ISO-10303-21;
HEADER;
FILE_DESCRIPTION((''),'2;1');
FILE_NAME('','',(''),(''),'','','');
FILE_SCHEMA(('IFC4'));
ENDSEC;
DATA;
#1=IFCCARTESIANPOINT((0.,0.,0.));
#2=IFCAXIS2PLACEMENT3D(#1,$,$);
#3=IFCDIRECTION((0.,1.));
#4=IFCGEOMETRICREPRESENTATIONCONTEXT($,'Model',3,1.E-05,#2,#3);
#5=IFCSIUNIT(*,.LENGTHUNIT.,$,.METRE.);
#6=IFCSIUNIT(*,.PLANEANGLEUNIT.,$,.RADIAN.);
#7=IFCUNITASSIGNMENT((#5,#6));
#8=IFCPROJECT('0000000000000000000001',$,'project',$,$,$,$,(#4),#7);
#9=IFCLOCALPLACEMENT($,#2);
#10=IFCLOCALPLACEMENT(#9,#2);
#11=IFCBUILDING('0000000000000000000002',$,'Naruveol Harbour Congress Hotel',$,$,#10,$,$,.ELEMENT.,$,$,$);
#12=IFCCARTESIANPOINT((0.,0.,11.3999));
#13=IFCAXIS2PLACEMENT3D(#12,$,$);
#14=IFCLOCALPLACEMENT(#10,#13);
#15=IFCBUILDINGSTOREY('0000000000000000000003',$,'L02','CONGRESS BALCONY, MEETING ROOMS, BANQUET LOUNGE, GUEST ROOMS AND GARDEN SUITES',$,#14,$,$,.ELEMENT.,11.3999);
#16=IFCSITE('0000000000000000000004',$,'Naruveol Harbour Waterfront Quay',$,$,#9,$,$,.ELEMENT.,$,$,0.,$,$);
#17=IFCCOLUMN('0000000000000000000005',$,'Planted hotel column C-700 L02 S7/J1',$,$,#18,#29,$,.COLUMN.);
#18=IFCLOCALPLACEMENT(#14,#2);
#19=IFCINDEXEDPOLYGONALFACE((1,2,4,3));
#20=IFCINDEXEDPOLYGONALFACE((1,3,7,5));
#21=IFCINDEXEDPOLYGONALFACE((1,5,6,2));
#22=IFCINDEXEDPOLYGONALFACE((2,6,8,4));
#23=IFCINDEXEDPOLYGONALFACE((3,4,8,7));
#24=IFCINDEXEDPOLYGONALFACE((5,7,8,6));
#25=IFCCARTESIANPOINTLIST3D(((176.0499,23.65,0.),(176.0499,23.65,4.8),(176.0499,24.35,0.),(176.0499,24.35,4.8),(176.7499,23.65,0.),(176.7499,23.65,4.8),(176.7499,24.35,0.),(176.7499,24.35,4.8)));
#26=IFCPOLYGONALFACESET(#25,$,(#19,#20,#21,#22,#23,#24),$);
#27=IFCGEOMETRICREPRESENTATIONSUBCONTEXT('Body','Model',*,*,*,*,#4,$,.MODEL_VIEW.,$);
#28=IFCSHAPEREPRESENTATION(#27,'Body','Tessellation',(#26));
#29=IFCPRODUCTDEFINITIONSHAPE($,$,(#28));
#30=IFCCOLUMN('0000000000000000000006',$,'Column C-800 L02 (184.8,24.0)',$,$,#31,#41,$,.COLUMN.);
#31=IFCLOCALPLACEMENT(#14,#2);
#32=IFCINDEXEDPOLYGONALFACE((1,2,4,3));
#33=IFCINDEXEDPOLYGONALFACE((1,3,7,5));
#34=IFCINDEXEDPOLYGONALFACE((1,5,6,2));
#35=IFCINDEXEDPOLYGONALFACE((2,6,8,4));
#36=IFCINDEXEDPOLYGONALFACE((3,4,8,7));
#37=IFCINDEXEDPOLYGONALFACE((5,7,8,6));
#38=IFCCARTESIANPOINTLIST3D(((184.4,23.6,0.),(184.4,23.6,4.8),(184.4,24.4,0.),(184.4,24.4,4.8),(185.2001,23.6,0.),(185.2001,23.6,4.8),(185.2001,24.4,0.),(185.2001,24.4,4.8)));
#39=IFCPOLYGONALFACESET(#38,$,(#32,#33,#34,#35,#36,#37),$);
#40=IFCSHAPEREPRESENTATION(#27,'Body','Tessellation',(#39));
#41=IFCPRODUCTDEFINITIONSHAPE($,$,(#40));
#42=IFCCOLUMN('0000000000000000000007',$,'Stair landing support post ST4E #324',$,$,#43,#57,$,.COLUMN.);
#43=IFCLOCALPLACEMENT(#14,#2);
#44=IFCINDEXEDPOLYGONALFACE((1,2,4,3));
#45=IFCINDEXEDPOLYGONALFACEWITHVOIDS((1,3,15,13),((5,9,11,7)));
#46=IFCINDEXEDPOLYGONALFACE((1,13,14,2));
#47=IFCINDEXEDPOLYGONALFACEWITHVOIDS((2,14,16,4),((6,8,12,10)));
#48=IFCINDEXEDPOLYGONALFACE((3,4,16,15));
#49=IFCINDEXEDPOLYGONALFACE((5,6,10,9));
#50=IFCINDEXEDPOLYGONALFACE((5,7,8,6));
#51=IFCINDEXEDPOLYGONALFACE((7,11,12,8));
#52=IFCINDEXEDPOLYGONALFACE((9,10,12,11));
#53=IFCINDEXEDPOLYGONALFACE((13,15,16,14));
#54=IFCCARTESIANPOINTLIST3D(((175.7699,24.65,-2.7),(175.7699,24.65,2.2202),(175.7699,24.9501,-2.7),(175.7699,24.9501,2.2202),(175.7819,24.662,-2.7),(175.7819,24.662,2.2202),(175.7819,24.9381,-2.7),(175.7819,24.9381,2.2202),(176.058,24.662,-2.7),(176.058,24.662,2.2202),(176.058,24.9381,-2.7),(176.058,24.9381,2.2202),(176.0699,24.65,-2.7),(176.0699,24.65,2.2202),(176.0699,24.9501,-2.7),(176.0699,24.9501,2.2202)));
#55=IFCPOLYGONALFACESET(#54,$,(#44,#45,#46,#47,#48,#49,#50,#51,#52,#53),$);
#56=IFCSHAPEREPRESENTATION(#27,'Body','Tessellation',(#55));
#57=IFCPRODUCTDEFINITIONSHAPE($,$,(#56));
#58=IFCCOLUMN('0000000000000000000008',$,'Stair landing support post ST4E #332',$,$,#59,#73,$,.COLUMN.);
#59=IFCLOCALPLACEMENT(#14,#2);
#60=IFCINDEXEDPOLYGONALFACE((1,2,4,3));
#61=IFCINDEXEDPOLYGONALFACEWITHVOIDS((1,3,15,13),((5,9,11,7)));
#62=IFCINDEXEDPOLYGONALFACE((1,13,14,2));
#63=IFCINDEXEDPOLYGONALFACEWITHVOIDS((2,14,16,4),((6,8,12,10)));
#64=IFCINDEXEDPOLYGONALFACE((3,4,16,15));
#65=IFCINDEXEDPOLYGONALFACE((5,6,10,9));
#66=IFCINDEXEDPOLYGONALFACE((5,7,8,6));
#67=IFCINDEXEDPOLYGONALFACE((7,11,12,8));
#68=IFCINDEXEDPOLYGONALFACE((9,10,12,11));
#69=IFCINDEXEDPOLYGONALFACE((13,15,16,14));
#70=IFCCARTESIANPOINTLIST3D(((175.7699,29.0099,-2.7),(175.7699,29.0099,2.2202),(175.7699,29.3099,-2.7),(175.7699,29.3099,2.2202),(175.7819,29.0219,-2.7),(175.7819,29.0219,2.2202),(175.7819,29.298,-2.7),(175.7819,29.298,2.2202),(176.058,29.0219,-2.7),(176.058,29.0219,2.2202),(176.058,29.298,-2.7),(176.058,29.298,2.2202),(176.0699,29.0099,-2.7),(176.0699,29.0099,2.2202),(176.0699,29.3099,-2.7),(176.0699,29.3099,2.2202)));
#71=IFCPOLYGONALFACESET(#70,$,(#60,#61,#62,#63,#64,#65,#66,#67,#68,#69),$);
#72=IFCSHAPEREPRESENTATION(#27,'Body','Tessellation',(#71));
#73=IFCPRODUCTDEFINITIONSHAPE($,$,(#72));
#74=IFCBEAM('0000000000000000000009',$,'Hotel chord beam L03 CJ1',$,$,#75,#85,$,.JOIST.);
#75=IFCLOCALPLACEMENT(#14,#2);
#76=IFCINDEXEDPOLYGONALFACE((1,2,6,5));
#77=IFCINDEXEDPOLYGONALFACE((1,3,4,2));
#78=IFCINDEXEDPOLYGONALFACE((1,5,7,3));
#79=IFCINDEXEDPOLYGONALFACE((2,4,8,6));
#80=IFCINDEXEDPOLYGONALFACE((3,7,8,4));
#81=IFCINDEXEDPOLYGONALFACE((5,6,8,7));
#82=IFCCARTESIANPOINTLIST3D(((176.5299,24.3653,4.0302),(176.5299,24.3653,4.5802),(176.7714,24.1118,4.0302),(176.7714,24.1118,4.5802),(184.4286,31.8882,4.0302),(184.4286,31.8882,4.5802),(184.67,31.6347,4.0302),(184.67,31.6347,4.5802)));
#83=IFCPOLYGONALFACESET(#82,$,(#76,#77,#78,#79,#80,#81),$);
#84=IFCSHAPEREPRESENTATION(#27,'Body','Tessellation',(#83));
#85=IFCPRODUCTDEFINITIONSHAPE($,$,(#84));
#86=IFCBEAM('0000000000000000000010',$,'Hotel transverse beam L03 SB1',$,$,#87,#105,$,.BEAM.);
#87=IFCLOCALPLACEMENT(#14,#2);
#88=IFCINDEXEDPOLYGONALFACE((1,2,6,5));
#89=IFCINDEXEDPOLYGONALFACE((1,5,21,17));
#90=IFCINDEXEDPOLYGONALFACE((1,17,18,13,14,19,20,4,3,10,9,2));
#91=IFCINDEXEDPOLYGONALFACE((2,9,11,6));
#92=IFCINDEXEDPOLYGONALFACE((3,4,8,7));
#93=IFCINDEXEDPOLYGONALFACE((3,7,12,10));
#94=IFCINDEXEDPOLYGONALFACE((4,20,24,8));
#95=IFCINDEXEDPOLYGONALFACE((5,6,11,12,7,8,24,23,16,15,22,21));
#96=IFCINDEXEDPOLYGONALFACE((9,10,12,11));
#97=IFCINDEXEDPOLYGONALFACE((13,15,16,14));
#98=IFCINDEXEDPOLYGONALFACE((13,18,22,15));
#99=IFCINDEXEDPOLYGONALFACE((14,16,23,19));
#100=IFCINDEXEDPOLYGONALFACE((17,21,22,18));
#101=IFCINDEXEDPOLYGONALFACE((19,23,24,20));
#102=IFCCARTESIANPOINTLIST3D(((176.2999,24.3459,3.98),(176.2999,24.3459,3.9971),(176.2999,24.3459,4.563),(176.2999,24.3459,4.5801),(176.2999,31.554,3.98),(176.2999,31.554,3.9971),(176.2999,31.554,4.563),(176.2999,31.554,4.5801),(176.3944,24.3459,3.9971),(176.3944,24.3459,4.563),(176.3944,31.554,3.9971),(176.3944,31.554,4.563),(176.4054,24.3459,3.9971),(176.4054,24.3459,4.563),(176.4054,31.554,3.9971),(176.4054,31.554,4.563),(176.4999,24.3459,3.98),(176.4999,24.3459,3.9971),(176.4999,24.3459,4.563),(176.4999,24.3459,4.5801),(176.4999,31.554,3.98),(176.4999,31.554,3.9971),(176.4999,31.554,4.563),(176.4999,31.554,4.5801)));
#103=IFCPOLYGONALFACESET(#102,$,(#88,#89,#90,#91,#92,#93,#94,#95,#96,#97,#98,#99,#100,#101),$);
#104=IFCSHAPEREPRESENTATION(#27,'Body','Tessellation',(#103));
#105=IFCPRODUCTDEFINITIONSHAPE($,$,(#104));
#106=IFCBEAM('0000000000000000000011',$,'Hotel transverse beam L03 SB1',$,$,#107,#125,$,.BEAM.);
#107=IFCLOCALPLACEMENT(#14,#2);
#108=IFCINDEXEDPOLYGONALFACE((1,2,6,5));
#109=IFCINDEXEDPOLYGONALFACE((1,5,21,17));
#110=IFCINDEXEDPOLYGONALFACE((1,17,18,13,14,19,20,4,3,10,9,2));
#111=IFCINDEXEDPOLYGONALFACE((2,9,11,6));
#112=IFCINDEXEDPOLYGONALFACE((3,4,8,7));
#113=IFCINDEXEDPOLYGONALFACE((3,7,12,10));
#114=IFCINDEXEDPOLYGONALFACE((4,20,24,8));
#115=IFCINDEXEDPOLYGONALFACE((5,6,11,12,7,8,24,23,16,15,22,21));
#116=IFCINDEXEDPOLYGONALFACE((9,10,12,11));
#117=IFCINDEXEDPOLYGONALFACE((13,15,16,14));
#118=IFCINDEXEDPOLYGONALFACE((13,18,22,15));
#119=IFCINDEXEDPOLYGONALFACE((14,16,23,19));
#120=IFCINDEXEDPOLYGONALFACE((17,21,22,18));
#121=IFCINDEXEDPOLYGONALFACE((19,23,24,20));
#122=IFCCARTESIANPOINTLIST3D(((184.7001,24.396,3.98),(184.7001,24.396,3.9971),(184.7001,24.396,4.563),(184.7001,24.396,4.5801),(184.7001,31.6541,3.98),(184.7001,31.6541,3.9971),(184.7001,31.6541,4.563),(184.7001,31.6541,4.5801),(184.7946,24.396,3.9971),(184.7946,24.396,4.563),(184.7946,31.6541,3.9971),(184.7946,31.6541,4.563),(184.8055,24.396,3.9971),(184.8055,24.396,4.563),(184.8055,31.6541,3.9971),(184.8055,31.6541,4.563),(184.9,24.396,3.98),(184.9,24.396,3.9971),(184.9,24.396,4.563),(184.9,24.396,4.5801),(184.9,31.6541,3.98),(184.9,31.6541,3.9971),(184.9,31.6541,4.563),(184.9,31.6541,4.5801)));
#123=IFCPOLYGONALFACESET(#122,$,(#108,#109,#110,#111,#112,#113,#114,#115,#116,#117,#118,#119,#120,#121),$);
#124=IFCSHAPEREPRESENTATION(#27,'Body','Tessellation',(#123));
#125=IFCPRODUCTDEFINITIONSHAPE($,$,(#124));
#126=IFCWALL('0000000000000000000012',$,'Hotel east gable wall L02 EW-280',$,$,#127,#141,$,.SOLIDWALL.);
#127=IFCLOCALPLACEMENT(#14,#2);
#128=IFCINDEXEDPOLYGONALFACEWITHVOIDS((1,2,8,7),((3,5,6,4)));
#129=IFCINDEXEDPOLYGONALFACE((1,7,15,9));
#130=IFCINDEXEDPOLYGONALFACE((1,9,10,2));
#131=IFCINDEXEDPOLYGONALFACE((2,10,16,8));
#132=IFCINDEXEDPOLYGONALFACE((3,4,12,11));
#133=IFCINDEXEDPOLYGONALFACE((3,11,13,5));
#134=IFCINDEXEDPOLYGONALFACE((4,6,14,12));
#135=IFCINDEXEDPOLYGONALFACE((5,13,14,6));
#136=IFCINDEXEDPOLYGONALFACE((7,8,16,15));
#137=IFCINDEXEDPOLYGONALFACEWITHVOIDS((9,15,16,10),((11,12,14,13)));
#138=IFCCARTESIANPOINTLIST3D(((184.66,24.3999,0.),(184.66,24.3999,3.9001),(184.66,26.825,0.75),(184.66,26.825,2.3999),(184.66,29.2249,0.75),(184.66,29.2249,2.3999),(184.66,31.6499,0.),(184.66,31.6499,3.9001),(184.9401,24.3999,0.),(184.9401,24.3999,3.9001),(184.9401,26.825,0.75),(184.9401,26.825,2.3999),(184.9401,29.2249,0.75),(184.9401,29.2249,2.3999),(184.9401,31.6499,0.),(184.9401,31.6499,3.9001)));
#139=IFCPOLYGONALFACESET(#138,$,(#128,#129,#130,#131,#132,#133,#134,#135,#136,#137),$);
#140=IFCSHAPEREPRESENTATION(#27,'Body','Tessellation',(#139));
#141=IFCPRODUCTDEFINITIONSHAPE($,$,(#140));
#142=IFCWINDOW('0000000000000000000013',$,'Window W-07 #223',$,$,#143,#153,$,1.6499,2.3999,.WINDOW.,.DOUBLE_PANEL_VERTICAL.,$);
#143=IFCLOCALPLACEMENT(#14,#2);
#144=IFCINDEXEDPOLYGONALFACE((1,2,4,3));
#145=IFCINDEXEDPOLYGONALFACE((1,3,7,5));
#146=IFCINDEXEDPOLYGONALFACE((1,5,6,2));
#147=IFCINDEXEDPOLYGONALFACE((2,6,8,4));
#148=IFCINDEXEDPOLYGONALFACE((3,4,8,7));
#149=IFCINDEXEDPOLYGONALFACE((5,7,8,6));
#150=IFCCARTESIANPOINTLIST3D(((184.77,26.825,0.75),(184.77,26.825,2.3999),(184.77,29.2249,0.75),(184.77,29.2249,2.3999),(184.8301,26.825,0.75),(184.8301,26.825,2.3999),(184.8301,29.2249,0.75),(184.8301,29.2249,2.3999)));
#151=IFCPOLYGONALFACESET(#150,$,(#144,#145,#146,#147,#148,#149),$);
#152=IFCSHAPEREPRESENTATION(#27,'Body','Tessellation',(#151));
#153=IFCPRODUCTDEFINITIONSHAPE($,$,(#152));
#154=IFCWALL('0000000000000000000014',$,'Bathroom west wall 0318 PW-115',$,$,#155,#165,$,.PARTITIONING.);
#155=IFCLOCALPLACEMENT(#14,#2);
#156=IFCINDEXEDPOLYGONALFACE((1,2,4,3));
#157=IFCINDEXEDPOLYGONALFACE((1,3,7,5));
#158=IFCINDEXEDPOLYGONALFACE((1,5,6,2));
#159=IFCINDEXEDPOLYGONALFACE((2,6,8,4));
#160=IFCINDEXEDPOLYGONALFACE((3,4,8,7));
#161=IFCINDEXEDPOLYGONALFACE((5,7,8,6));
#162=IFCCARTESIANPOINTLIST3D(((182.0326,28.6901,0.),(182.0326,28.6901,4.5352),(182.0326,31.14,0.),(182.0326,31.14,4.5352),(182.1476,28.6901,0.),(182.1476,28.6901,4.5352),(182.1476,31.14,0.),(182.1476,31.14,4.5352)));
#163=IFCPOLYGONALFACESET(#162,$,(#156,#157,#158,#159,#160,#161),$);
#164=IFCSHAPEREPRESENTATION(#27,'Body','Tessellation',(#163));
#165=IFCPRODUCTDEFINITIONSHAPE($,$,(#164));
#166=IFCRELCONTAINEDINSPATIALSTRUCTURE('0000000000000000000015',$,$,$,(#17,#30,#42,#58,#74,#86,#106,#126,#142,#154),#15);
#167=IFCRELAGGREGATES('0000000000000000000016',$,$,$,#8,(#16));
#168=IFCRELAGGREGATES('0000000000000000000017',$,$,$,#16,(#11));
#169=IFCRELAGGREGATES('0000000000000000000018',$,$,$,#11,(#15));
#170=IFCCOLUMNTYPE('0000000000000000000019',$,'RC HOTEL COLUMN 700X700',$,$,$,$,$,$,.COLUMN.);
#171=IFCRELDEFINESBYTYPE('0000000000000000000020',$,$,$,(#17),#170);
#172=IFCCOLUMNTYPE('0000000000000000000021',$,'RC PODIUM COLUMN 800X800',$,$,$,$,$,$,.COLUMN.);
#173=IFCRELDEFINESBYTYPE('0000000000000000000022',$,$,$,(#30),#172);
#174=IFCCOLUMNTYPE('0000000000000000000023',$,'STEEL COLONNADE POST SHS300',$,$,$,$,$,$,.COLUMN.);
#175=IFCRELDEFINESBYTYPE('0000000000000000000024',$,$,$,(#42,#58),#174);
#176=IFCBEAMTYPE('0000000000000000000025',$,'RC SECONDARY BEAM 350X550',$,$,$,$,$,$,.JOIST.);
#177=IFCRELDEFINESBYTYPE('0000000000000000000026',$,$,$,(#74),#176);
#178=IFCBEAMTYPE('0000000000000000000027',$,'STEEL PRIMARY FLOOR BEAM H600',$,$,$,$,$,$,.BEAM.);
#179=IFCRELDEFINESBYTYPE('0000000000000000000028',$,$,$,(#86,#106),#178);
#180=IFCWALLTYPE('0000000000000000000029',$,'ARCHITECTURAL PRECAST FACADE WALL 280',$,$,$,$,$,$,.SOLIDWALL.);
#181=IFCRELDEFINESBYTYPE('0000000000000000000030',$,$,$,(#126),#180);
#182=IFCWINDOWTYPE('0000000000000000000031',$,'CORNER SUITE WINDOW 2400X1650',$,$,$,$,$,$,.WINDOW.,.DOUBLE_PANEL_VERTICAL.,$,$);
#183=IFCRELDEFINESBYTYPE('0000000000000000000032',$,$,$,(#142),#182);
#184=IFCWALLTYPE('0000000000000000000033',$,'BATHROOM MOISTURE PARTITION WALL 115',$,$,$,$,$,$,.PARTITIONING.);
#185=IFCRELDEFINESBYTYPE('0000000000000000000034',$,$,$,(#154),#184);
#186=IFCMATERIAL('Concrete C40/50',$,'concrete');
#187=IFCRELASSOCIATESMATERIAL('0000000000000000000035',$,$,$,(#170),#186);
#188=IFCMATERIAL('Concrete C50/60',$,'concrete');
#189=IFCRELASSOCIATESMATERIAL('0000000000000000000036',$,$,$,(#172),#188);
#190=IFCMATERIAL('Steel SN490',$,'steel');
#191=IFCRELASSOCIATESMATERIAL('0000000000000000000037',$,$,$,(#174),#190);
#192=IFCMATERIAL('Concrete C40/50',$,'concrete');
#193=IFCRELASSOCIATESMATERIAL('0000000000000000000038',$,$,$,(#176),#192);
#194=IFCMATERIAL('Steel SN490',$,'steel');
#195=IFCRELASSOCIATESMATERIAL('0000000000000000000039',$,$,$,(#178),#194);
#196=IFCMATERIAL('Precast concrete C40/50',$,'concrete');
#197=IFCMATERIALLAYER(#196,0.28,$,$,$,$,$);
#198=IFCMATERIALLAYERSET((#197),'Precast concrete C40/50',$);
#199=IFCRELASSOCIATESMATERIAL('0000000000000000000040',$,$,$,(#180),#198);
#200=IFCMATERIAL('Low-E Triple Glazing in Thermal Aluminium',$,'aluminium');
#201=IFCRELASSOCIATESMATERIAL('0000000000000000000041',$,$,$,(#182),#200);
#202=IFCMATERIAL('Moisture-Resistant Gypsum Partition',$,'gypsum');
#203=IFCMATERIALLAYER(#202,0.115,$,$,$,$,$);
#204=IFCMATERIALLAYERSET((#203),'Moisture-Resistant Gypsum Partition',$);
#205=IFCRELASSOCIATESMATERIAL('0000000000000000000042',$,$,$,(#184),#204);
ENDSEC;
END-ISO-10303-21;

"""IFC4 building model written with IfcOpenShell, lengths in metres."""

from ifc_helpers import new_model, si_unit, direction, frame, frame_2d, origin, origin_2d, place, context, subcontext, project, spatial, rectangle, hollow_rectangle, i_section, extrude, material, layer, layer_set, material_profile, profile_set, type_object, element, fill, save


model = new_model("IFC4")

# Units and contexts
model_context = context("Model", 3, precision=1e-05, world=origin(), true_north=direction((0.0, 1.0)))
body_context = subcontext(model_context, "Body", "Model", "MODEL_VIEW")
ifc_project = project(units=[si_unit("LENGTHUNIT", "METRE"), si_unit("PLANEANGLEUNIT", "RADIAN")], contexts=[model_context])

# Site, building, storey
site_placement = place(None, origin())
site = spatial("IfcSite", under=ifc_project, at=site_placement, Name="Naruveol Harbour Waterfront Quay", CompositionType="ELEMENT", RefElevation=0.0)
building_placement = place(site_placement, origin())
building = spatial("IfcBuilding", under=site, at=building_placement, Name="Naruveol Harbour Congress Hotel", CompositionType="ELEMENT")
storey_placement = place(building_placement, frame((0.0, 0.0, 11.3999)))
storey = spatial("IfcBuildingStorey", under=building, at=storey_placement, Name="L02", Description="CONGRESS BALCONY, MEETING ROOMS, BANQUET LOUNGE, GUEST ROOMS AND GARDEN SUITES", CompositionType="ELEMENT", Elevation=11.3999)

# Columns
ifc_material_1 = material(Name="Concrete C40/50", Category="concrete")
ifc_material_profile_1 = material_profile(ifc_material_1, rectangle(XDim=0.7, YDim=0.7, at=origin_2d()), Name="RC-700x700")
ifc_profile_set_1 = profile_set([ifc_material_profile_1], Name="Concrete C40/50")
column_type_1 = type_object("IfcColumnType", Name="RC HOTEL COLUMN 700X700", PredefinedType="COLUMN", material=ifc_profile_set_1)
column_1_placement = place(storey_placement, frame((176.3999, 24.0, 0.0), z_axis=(0.0, 0.0, 1.0), x_axis=(1.0, 0.0, 0.0)))
element("IfcColumn", 1, at=column_1_placement, inside=storey, type_object=column_type_1, Name="Planted hotel column C-700 L02 S7/J1", PredefinedType="COLUMN", context=body_context, shape_type="SweptSolid", body=[
    extrude(rectangle(XDim=0.7, YDim=0.7, at=origin_2d()), origin(), (0.0, 0.0, 1.0), 4.8),
])
ifc_material_2 = material(Name="Concrete C50/60", Category="concrete")
ifc_material_profile_2 = material_profile(ifc_material_2, rectangle(XDim=0.8, YDim=0.8, at=origin_2d()), Name="RC-800x800")
ifc_profile_set_2 = profile_set([ifc_material_profile_2], Name="Concrete C50/60")
column_type_2 = type_object("IfcColumnType", Name="RC PODIUM COLUMN 800X800", PredefinedType="COLUMN", material=ifc_profile_set_2)
column_2_placement = place(storey_placement, frame((184.8, 24.0, 0.0), z_axis=(0.0, 0.0, 1.0), x_axis=(1.0, 0.0, 0.0)))
element("IfcColumn", 2, at=column_2_placement, inside=storey, type_object=column_type_2, Name="Column C-800 L02 (184.8,24.0)", PredefinedType="COLUMN", context=body_context, shape_type="SweptSolid", body=[
    extrude(rectangle(XDim=0.8, YDim=0.8, at=origin_2d()), origin(), (0.0, 0.0, 1.0), 4.8),
])
ifc_material_3 = material(Name="Steel SN490", Category="steel")
ifc_material_profile_3 = material_profile(ifc_material_3, hollow_rectangle(XDim=0.3, YDim=0.3, WallThickness=0.012, at=origin_2d()), Name="SHS-300x300x12")
ifc_profile_set_3 = profile_set([ifc_material_profile_3], Name="Steel SN490")
column_type_3 = type_object("IfcColumnType", Name="STEEL COLONNADE POST SHS300", PredefinedType="COLUMN", material=ifc_profile_set_3)
for number, where, z_axis, x_axis, name in (
    (3, (175.9199, 24.8, -2.7), (0.0, 0.0, 1.0), (1.0, 0.0, 0.0), "Stair landing support post ST4E #324"),
    (4, (175.9199, 29.1599, -2.7), (0.0, 0.0, 1.0), (1.0, 0.0, 0.0), "Stair landing support post ST4E #332"),
):
    element("IfcColumn", number, at=place(storey_placement, frame(where, z_axis=z_axis, x_axis=x_axis)), inside=storey, type_object=column_type_3, Name=name, PredefinedType="COLUMN", context=body_context, shape_type="SweptSolid", body=[
        extrude(hollow_rectangle(XDim=0.3, YDim=0.3, WallThickness=0.012, at=origin_2d()), origin(), (0.0, 0.0, 1.0), 4.9202),
    ])

# Beams
ifc_material_4 = material(Name="Concrete C40/50", Category="concrete")
ifc_material_profile_4 = material_profile(ifc_material_4, rectangle(XDim=0.3501, YDim=0.55, at=origin_2d()), Name="RCB-350x550")
ifc_profile_set_4 = profile_set([ifc_material_profile_4], Name="Concrete C40/50")
beam_type_1 = type_object("IfcBeamType", Name="RC SECONDARY BEAM 350X550", PredefinedType="JOIST", material=ifc_profile_set_4)
beam_1_placement = place(storey_placement, frame((176.6506, 24.2385, 4.3052), z_axis=(0.72412, 0.689674, 0.0), x_axis=(-0.689674, 0.72412, 0.0)))
element("IfcBeam", 5, at=beam_1_placement, inside=storey, type_object=beam_type_1, Name="Hotel chord beam L03 CJ1", PredefinedType="JOIST", context=body_context, shape_type="SweptSolid", body=[
    extrude(rectangle(XDim=0.3501, YDim=0.55, at=origin_2d()), origin(), (0.0, 0.0, 1.0), 10.908),
])
ifc_material_5 = material(Name="Steel SN490", Category="steel")
ifc_material_profile_5 = material_profile(ifc_material_5, i_section(OverallWidth=0.2, OverallDepth=0.6001, WebThickness=0.011, FlangeThickness=0.0171, at=origin_2d()), Name="H-600x200x11x17")
ifc_profile_set_5 = profile_set([ifc_material_profile_5], Name="Steel SN490")
beam_type_2 = type_object("IfcBeamType", Name="STEEL PRIMARY FLOOR BEAM H600", PredefinedType="BEAM", material=ifc_profile_set_5)
beam_2_placement = place(storey_placement, frame((176.3999, 24.3459, 4.28), z_axis=(0.0, 1.0, 0.0), x_axis=(-1.0, 0.0, 0.0)))
element("IfcBeam", 6, at=beam_2_placement, inside=storey, type_object=beam_type_2, Name="Hotel transverse beam L03 SB1", PredefinedType="BEAM", context=body_context, shape_type="SweptSolid", body=[
    extrude(i_section(OverallWidth=0.2, OverallDepth=0.6001, WebThickness=0.011, FlangeThickness=0.0171, at=origin_2d()), origin(), (0.0, 0.0, 1.0), 7.208),
])
beam_3_placement = place(storey_placement, frame((184.8, 24.396, 4.28), z_axis=(0.0, 1.0, 0.0), x_axis=(-1.0, 0.0, 0.0)))
element("IfcBeam", 7, at=beam_3_placement, inside=storey, type_object=beam_type_2, Name="Hotel transverse beam L03 SB1", PredefinedType="BEAM", context=body_context, shape_type="SweptSolid", body=[
    extrude(i_section(OverallWidth=0.2, OverallDepth=0.6001, WebThickness=0.011, FlangeThickness=0.0171, at=origin_2d()), origin(), (0.0, 0.0, 1.0), 7.2581),
])

# Wall, opening, window
ifc_material_6 = material(Name="Precast concrete C40/50", Category="concrete")
ifc_layer_1 = layer(ifc_material_6, 0.28)
ifc_layer_set_1 = layer_set([ifc_layer_1], Name="Precast concrete C40/50")
wall_type_1 = type_object("IfcWallType", Name="ARCHITECTURAL PRECAST FACADE WALL 280", PredefinedType="SOLIDWALL", material=ifc_layer_set_1)
wall_1_placement = place(storey_placement, frame((184.8, 31.6499, 0.0), z_axis=(0.0, 0.0, 1.0), x_axis=(0.0, -1.0, 0.0)))
wall_1 = element("IfcWall", 8, at=wall_1_placement, inside=storey, type_object=wall_type_1, Name="Hotel east gable wall L02 EW-280", PredefinedType="SOLIDWALL", context=body_context, shape_type="SweptSolid", body=[
    extrude(rectangle(XDim=7.25, YDim=0.28, at=frame_2d((3.625, 0.0))), origin(), (0.0, 0.0, 1.0), 3.9001),
])
opening_1_placement = place(wall_1_placement, frame((2.425, 0.0, 0.75)))
opening_1 = element("IfcOpeningElement", 9, at=opening_1_placement, cuts=wall_1, PredefinedType="OPENING", context=body_context, shape_type="SweptSolid", body=[
    extrude(rectangle(XDim=2.3999, YDim=1.6499, at=frame_2d((1.2, 0.825))), frame((0.0, 0.1499, 0.0), z_axis=(0.0, -1.0, 0.0), x_axis=(1.0, 0.0, 0.0)), (0.0, 0.0, 1.0), 0.3),
])
ifc_material_7 = material(Name="Low-E Triple Glazing in Thermal Aluminium", Category="aluminium")
window_type_1 = type_object("IfcWindowType", Name="CORNER SUITE WINDOW 2400X1650", PartitioningType="DOUBLE_PANEL_VERTICAL", PredefinedType="WINDOW", material=ifc_material_7)
window_1_placement = place(opening_1_placement, origin())
window_1 = element("IfcWindow", 10, at=window_1_placement, inside=storey, type_object=window_type_1, Name="Window W-07 #223", OverallHeight=1.6499, OverallWidth=2.3999, PartitioningType="DOUBLE_PANEL_VERTICAL", PredefinedType="WINDOW", context=body_context, shape_type="SweptSolid", body=[
    extrude(rectangle(XDim=2.3999, YDim=1.6499, at=frame_2d((1.2, 0.825))), frame((0.0, 0.03, 0.0), z_axis=(0.0, -1.0, 0.0), x_axis=(1.0, 0.0, 0.0)), (0.0, 0.0, 1.0), 0.0601),
])
fill(opening_1, window_1)

# Wall
ifc_material_8 = material(Name="Moisture-Resistant Gypsum Partition", Category="gypsum")
ifc_layer_2 = layer(ifc_material_8, 0.115)
ifc_layer_set_2 = layer_set([ifc_layer_2], Name="Moisture-Resistant Gypsum Partition")
wall_type_2 = type_object("IfcWallType", Name="BATHROOM MOISTURE PARTITION WALL 115", PredefinedType="PARTITIONING", material=ifc_layer_set_2)
wall_2_placement = place(storey_placement, frame((182.0901, 28.6899, 0.0), z_axis=(0.0, 0.0, 1.0), x_axis=(0.0, 1.0, 0.0)))
element("IfcWall", 11, at=wall_2_placement, inside=storey, type_object=wall_type_2, Name="Bathroom west wall 0318 PW-115", PredefinedType="PARTITIONING", context=body_context, shape_type="SweptSolid", body=[
    extrude(rectangle(XDim=2.45, YDim=0.115, at=frame_2d((1.2251, 0.0))), origin(), (0.0, 0.0, 1.0), 4.5352),
])

save(model, "model.ifc")
